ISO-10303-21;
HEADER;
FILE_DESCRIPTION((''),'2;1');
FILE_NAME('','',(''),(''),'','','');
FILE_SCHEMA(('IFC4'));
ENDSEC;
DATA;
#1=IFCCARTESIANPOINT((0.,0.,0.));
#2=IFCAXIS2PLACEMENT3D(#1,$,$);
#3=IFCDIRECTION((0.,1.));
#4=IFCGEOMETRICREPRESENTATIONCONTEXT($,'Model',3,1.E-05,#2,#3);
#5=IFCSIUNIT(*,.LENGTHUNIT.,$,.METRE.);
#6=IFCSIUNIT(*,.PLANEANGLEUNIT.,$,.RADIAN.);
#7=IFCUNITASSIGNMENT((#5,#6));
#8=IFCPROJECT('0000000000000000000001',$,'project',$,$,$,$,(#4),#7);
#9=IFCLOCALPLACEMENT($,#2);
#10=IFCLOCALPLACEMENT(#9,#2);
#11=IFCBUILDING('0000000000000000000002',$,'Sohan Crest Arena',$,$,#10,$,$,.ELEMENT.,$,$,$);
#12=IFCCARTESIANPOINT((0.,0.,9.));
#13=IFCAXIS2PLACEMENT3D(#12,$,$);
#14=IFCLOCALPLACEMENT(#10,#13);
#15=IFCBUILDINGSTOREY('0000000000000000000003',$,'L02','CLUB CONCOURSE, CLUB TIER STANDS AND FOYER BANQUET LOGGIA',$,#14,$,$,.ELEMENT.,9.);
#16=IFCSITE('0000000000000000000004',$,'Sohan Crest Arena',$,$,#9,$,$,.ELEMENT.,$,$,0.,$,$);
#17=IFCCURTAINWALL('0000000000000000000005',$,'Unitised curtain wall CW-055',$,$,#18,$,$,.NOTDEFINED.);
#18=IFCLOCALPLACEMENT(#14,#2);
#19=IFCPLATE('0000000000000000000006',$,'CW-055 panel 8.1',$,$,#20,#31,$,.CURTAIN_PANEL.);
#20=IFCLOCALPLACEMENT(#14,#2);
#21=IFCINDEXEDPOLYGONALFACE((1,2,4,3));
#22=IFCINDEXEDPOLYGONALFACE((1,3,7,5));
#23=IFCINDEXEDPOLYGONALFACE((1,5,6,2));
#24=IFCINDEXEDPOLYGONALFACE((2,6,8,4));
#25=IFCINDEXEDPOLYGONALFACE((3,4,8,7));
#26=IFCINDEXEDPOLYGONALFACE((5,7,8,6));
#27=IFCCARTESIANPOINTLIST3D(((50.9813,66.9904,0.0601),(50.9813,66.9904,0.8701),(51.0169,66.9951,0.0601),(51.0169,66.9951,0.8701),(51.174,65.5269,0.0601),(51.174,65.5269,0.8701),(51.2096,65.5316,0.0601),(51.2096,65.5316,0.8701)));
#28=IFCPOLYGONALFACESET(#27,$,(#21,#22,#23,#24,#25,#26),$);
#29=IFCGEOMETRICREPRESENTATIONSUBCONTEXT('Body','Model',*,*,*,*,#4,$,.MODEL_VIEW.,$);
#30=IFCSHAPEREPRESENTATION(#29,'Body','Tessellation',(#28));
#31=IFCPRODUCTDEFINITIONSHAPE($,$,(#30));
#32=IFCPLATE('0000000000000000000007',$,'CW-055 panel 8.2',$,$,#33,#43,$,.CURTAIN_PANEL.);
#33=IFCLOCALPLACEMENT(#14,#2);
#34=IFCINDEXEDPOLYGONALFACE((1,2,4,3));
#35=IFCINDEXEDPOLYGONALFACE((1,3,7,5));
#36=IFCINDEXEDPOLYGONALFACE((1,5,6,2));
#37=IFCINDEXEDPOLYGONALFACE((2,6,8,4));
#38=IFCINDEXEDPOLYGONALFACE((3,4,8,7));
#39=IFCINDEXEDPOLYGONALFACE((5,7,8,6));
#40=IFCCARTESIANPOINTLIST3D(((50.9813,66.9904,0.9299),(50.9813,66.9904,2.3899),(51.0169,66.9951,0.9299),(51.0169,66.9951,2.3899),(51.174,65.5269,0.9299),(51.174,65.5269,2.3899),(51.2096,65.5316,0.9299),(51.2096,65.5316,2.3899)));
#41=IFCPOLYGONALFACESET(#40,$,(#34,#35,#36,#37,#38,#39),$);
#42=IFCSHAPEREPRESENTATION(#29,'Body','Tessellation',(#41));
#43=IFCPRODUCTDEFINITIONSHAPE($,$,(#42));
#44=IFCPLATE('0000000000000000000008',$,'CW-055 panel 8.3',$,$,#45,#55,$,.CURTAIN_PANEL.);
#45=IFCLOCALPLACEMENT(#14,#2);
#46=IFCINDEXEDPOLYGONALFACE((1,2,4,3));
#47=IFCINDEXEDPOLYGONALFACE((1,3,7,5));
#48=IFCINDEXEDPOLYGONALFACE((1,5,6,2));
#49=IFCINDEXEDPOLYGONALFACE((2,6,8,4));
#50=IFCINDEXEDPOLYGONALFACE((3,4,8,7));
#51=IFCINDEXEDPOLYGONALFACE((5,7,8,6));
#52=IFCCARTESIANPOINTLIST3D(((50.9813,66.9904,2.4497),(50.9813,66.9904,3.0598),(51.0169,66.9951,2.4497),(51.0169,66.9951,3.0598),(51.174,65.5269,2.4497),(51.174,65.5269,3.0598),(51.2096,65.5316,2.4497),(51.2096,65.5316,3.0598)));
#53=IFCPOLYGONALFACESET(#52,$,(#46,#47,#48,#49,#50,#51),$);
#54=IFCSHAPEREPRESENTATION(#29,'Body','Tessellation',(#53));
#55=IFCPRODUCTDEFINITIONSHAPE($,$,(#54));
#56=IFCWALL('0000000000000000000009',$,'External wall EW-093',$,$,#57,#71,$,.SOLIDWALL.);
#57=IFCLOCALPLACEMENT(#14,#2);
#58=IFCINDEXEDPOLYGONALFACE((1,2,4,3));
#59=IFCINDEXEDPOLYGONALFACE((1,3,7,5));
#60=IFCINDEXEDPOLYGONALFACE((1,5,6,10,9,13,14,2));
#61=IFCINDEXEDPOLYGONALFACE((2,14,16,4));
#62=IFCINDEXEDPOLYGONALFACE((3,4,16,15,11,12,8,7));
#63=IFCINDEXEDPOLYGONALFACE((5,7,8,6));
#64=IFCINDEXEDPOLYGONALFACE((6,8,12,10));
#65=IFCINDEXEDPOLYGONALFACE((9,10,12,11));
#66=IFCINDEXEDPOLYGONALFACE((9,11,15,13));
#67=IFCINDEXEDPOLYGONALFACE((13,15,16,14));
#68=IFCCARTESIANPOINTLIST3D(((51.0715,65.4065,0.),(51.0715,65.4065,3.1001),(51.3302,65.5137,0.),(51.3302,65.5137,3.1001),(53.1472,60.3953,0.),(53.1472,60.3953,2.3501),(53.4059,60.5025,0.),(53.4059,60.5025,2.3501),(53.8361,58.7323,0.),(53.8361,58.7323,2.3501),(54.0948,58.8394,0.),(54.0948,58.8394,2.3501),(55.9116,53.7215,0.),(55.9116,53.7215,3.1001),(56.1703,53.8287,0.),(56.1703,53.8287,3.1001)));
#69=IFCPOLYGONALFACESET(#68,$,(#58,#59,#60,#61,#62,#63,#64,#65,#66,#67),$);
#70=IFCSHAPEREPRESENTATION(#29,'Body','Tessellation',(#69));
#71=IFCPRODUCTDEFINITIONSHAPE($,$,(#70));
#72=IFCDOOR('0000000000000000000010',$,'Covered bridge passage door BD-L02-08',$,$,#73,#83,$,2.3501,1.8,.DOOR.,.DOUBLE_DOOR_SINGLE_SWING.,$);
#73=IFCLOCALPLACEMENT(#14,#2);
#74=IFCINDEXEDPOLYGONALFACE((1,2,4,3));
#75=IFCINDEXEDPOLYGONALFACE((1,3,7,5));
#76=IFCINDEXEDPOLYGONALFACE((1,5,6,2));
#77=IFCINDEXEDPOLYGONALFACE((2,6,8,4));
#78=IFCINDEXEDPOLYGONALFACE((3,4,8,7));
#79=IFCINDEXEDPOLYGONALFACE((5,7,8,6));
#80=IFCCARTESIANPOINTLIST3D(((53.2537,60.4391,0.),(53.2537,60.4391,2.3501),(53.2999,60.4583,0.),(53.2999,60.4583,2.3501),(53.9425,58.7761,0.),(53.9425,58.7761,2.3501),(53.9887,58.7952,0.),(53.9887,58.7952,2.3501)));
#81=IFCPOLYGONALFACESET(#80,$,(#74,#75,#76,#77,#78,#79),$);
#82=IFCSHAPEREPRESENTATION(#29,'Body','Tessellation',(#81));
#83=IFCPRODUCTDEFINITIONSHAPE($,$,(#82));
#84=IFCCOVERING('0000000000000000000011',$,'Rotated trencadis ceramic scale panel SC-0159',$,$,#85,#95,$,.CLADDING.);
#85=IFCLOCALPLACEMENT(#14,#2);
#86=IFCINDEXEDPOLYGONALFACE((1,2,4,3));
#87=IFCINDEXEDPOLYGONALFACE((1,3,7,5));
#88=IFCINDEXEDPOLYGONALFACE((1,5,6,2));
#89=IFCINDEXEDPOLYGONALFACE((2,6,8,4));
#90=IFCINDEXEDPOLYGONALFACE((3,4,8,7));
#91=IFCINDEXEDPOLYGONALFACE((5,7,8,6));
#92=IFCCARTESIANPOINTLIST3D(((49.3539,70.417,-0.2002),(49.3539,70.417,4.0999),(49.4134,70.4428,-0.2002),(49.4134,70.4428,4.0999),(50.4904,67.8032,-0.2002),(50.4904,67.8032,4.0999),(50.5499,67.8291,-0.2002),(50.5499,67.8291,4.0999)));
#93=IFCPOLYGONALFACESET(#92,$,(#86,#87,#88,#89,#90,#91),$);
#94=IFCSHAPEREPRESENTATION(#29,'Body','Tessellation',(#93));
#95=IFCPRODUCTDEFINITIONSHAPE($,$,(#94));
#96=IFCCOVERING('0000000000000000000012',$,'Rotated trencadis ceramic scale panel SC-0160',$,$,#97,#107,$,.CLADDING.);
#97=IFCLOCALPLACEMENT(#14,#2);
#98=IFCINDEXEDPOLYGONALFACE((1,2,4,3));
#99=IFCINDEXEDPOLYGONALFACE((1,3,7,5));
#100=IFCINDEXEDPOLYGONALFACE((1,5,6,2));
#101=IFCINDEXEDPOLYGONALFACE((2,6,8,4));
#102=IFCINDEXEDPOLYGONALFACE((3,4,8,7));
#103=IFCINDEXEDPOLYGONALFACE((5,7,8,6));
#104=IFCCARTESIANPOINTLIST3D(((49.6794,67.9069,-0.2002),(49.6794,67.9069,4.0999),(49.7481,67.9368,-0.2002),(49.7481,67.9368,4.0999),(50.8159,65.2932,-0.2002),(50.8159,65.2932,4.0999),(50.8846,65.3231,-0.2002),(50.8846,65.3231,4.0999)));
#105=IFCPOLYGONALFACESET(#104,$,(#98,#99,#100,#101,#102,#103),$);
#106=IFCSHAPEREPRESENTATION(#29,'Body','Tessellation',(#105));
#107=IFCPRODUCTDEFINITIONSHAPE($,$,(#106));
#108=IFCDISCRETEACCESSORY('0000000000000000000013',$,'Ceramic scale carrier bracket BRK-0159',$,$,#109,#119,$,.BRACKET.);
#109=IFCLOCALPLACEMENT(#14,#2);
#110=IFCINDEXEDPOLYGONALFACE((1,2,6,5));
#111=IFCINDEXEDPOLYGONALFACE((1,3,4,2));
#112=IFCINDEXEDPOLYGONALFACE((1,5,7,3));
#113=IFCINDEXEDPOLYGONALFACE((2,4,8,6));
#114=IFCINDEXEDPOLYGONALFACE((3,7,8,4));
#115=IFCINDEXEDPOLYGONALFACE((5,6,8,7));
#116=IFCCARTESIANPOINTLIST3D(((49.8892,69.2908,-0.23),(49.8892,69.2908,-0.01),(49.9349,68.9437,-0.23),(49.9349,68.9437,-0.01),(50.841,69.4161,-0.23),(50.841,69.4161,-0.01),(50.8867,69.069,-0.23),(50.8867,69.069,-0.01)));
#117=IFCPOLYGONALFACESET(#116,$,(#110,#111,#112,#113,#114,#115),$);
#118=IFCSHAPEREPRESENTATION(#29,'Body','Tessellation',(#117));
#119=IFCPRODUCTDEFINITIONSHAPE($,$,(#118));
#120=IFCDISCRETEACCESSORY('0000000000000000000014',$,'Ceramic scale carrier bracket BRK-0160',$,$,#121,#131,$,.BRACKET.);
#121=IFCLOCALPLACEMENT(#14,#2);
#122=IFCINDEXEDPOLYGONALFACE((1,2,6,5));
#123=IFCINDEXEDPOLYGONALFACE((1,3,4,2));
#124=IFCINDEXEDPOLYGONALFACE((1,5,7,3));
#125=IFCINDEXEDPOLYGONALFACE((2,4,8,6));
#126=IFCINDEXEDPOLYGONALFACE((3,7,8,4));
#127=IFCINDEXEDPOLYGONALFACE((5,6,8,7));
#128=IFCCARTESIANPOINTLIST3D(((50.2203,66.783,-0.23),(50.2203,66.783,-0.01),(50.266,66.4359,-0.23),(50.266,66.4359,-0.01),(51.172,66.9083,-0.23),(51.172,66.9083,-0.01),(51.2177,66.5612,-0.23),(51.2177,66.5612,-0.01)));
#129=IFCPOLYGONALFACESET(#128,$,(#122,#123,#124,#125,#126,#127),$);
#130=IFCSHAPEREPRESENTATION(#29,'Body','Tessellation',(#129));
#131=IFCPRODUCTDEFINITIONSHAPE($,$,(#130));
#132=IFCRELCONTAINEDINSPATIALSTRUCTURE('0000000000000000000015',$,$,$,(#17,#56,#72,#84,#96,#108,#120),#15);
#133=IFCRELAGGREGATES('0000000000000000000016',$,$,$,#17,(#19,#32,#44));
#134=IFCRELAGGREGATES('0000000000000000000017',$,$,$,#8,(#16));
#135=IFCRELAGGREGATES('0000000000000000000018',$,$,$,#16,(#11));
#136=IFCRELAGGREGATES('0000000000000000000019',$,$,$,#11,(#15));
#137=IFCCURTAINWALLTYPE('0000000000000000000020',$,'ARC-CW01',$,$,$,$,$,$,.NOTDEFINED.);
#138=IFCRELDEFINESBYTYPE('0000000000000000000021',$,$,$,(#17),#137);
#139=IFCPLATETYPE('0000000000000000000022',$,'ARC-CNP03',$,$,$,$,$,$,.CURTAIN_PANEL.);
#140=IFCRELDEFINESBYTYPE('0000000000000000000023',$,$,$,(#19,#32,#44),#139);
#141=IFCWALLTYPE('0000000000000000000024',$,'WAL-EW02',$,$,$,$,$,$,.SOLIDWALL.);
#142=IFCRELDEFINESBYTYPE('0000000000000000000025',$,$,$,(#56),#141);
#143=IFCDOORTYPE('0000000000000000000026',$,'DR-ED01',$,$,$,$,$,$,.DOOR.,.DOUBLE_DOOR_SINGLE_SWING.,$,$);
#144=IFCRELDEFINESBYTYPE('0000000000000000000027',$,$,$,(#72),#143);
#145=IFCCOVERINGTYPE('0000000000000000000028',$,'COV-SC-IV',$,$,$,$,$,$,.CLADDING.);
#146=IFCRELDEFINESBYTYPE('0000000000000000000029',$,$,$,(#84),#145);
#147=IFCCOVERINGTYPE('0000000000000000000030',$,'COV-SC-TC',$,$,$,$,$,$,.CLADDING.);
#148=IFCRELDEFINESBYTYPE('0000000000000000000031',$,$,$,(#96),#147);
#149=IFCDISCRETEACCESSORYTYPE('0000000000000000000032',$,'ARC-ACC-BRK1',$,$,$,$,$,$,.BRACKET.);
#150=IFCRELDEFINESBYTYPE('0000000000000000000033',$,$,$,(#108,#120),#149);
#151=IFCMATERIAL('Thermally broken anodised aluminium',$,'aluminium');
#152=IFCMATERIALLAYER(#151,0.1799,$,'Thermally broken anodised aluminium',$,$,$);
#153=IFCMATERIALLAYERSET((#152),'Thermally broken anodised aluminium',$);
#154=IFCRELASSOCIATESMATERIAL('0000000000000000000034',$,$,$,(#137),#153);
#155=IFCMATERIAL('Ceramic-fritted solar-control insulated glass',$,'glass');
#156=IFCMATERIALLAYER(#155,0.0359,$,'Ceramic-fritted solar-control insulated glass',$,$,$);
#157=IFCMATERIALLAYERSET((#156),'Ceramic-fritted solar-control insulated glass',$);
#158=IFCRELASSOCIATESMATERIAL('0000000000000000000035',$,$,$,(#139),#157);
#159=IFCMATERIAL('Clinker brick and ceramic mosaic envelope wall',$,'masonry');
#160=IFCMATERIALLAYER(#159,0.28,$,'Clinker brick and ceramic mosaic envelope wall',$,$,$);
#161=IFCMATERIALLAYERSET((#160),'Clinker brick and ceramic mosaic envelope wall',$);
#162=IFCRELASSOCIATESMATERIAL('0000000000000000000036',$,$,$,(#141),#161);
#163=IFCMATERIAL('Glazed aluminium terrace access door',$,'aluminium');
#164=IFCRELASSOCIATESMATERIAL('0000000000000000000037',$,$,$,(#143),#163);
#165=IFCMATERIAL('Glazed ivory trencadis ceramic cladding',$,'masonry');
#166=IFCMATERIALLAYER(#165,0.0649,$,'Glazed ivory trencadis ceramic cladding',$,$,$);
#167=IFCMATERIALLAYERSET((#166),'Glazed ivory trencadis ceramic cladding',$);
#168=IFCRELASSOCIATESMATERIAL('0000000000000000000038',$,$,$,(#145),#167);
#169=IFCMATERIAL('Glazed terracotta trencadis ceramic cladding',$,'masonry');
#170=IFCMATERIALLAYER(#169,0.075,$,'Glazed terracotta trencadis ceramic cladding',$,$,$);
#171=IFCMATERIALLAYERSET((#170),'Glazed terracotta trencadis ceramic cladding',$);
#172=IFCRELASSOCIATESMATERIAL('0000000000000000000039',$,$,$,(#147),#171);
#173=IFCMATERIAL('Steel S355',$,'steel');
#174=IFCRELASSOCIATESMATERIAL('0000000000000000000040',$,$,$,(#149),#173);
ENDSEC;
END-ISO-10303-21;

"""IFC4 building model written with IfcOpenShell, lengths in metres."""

from ifc_helpers import new_model, si_unit, direction, frame, frame_2d, origin, origin_2d, place, context, subcontext, project, spatial, rectangle, extrude, material, layer, layer_set, type_object, element, fill, aggregate, save


model = new_model("IFC4")

# Units and contexts
model_context = context("Model", 3, precision=1e-05, world=origin(), true_north=direction((0.0, 1.0)))
body_context = subcontext(model_context, "Body", "Model", "MODEL_VIEW")
ifc_project = project(units=[si_unit("LENGTHUNIT", "METRE"), si_unit("PLANEANGLEUNIT", "RADIAN")], contexts=[model_context])

# Site, building, storey
site_placement = place(None, origin())
site = spatial("IfcSite", under=ifc_project, at=site_placement, Name="Sohan Crest Arena", CompositionType="ELEMENT", RefElevation=0.0)
building_placement = place(site_placement, origin())
building = spatial("IfcBuilding", under=site, at=building_placement, Name="Sohan Crest Arena", CompositionType="ELEMENT")
storey_placement = place(building_placement, frame((0.0, 0.0, 9.0)))
storey = spatial("IfcBuildingStorey", under=building, at=storey_placement, Name="L02", Description="CLUB CONCOURSE, CLUB TIER STANDS AND FOYER BANQUET LOGGIA", CompositionType="ELEMENT", Elevation=9.0)

# Shared definitions
ifc_material_1 = material(Name="Steel S355", Category="steel")

# Curtain wall
ifc_material_2 = material(Name="Thermally broken anodised aluminium", Category="aluminium")
ifc_layer_1 = layer(ifc_material_2, 0.1799, Name="Thermally broken anodised aluminium")
ifc_layer_set_1 = layer_set([ifc_layer_1], Name="Thermally broken anodised aluminium")
curtain_wall_type = type_object("IfcCurtainWallType", Name="ARC-CW01", PredefinedType="NOTDEFINED", material=ifc_layer_set_1)
curtain_wall_placement = place(storey_placement, origin())
curtain_wall = element("IfcCurtainWall", 1, at=curtain_wall_placement, inside=storey, type_object=curtain_wall_type, Name="Unitised curtain wall CW-055", PredefinedType="NOTDEFINED")

# Plates
ifc_material_3 = material(Name="Ceramic-fritted solar-control insulated glass", Category="glass")
ifc_layer_2 = layer(ifc_material_3, 0.0359, Name="Ceramic-fritted solar-control insulated glass")
ifc_layer_set_2 = layer_set([ifc_layer_2], Name="Ceramic-fritted solar-control insulated glass")
plate_type = type_object("IfcPlateType", Name="ARC-CNP03", PredefinedType="CURTAIN_PANEL", material=ifc_layer_set_2)
plate_1_placement = place(storey_placement, frame((51.0955, 66.261, 0.0601), z_axis=(0.0, 0.0, 1.0), x_axis=(0.130532, -0.991444, 0.0)))
plate_1 = element("IfcPlate", 2, at=plate_1_placement, type_object=plate_type, Name="CW-055 panel 8.1", PredefinedType="CURTAIN_PANEL", context=body_context, shape_type="SweptSolid", body=[
    extrude(rectangle(XDim=1.4761, YDim=0.0359, at=origin_2d()), origin(), (0.0, 0.0, 1.0), 0.8101),
])
plate_2_placement = place(storey_placement, frame((51.0955, 66.261, 0.9299), z_axis=(0.0, 0.0, 1.0), x_axis=(0.130532, -0.991444, 0.0)))
plate_2 = element("IfcPlate", 3, at=plate_2_placement, type_object=plate_type, Name="CW-055 panel 8.2", PredefinedType="CURTAIN_PANEL", context=body_context, shape_type="SweptSolid", body=[
    extrude(rectangle(XDim=1.4761, YDim=0.0359, at=origin_2d()), origin(), (0.0, 0.0, 1.0), 1.46),
])
plate_3_placement = place(storey_placement, frame((51.0955, 66.261, 2.4497), z_axis=(0.0, 0.0, 1.0), x_axis=(0.130532, -0.991444, 0.0)))
plate_3 = element("IfcPlate", 4, at=plate_3_placement, type_object=plate_type, Name="CW-055 panel 8.3", PredefinedType="CURTAIN_PANEL", context=body_context, shape_type="SweptSolid", body=[
    extrude(rectangle(XDim=1.4761, YDim=0.0359, at=origin_2d()), origin(), (0.0, 0.0, 1.0), 0.6101),
])
aggregate(curtain_wall, [plate_1, plate_2, plate_3])

# Wall, opening, door
ifc_material_4 = material(Name="Clinker brick and ceramic mosaic envelope wall", Category="masonry")
ifc_layer_3 = layer(ifc_material_4, 0.28, Name="Clinker brick and ceramic mosaic envelope wall")
ifc_layer_set_3 = layer_set([ifc_layer_3], Name="Clinker brick and ceramic mosaic envelope wall")
wall_type = type_object("IfcWallType", Name="WAL-EW02", PredefinedType="SOLIDWALL", material=ifc_layer_set_3)
wall_placement = place(storey_placement, frame((51.2009, 65.46, 0.0), z_axis=(0.0, 0.0, 1.0), x_axis=(0.382682, -0.92388, 0.0)))
wall = element("IfcWall", 5, at=wall_placement, inside=storey, type_object=wall_type, Name="External wall EW-093", PredefinedType="SOLIDWALL", context=body_context, shape_type="SweptSolid", body=[
    extrude(rectangle(XDim=12.6477, YDim=0.28, at=frame_2d((6.3237, 0.0))), origin(), (0.0, 0.0, 1.0), 3.1001),
])
opening_placement = place(wall_placement, frame((5.4241, 0.0, 0.0)))
opening = element("IfcOpeningElement", 6, at=opening_placement, cuts=wall, PredefinedType="OPENING", context=body_context, shape_type="SweptSolid", body=[
    extrude(rectangle(XDim=1.8, YDim=2.3501, at=frame_2d((0.8999, 1.175))), frame((0.0, 0.1499, 0.0), z_axis=(0.0, -1.0, 0.0), x_axis=(1.0, 0.0, 0.0)), (0.0, 0.0, 1.0), 0.3),
])
ifc_material_5 = material(Name="Glazed aluminium terrace access door", Category="aluminium")
door_type = type_object("IfcDoorType", Name="DR-ED01", OperationType="DOUBLE_DOOR_SINGLE_SWING", PredefinedType="DOOR", material=ifc_material_5)
door_placement = place(opening_placement, frame((1.8, 0.0, 0.0), z_axis=(0.0, 0.0, 1.0), x_axis=(-1.0, 0.0, 0.0)))
door = element("IfcDoor", 7, at=door_placement, inside=storey, type_object=door_type, Name="Covered bridge passage door BD-L02-08", OperationType="DOUBLE_DOOR_SINGLE_SWING", OverallHeight=2.3501, OverallWidth=1.8, PredefinedType="DOOR", context=body_context, shape_type="SweptSolid", body=[
    extrude(rectangle(XDim=1.8, YDim=2.3501, at=frame_2d((0.8999, 1.175))), frame((0.0, 0.0249, 0.0), z_axis=(0.0, -1.0, 0.0), x_axis=(1.0, 0.0, 0.0)), (0.0, 0.0, 1.0), 0.05),
])
fill(opening, door)

# Coverings
ifc_material_6 = material(Name="Glazed ivory trencadis ceramic cladding", Category="masonry")
ifc_layer_4 = layer(ifc_material_6, 0.0649, Name="Glazed ivory trencadis ceramic cladding")
ifc_layer_set_4 = layer_set([ifc_layer_4], Name="Glazed ivory trencadis ceramic cladding")
covering_type_1 = type_object("IfcCoveringType", Name="COV-SC-IV", PredefinedType="CLADDING", material=ifc_layer_set_4)
covering_1_placement = place(storey_placement, frame((49.9519, 69.123, -0.2002), z_axis=(0.0, 0.0, 1.0), x_axis=(0.398749, -0.91706, 0.0)))
element("IfcCovering", 8, at=covering_1_placement, inside=storey, type_object=covering_type_1, Name="Rotated trencadis ceramic scale panel SC-0159", PredefinedType="CLADDING", context=body_context, shape_type="SweptSolid", body=[
    extrude(rectangle(XDim=2.8501, YDim=0.0649, at=origin_2d()), origin(), (0.0, 0.0, 1.0), 4.3),
])
ifc_material_7 = material(Name="Glazed terracotta trencadis ceramic cladding", Category="masonry")
ifc_layer_5 = layer(ifc_material_7, 0.075, Name="Glazed terracotta trencadis ceramic cladding")
ifc_layer_set_5 = layer_set([ifc_layer_5], Name="Glazed terracotta trencadis ceramic cladding")
covering_type_2 = type_object("IfcCoveringType", Name="COV-SC-TC", PredefinedType="CLADDING", material=ifc_layer_set_5)
covering_2_placement = place(storey_placement, frame((50.282, 66.615, -0.2002), z_axis=(0.0, 0.0, 1.0), x_axis=(0.398749, -0.91706, 0.0)))
element("IfcCovering", 9, at=covering_2_placement, inside=storey, type_object=covering_type_2, Name="Rotated trencadis ceramic scale panel SC-0160", PredefinedType="CLADDING", context=body_context, shape_type="SweptSolid", body=[
    extrude(rectangle(XDim=2.8501, YDim=0.075, at=origin_2d()), origin(), (0.0, 0.0, 1.0), 4.3),
])

# Discrete accessories
discrete_accessory_type = type_object("IfcDiscreteAccessoryType", Name="ARC-ACC-BRK1", PredefinedType="BRACKET", material=ifc_material_1)
for number, where, z_axis, x_axis, name in (
    (10, (50.3879, 69.1799, -0.23), (0.0, 0.0, 1.0), (0.130526, -0.991445, 0.0), "Ceramic scale carrier bracket BRK-0159"),
    (11, (50.719, 66.6721, -0.23), (0.0, 0.0, 1.0), (0.130526, -0.991445, 0.0), "Ceramic scale carrier bracket BRK-0160"),
):
    element("IfcDiscreteAccessory", number, at=place(storey_placement, frame(where, z_axis=z_axis, x_axis=x_axis)), inside=storey, type_object=discrete_accessory_type, Name=name, PredefinedType="BRACKET", context=body_context, shape_type="SweptSolid", body=[
        extrude(rectangle(XDim=0.3501, YDim=0.96, at=origin_2d()), origin(), (0.0, 0.0, 1.0), 0.22),
    ])

save(model, "model.ifc")
